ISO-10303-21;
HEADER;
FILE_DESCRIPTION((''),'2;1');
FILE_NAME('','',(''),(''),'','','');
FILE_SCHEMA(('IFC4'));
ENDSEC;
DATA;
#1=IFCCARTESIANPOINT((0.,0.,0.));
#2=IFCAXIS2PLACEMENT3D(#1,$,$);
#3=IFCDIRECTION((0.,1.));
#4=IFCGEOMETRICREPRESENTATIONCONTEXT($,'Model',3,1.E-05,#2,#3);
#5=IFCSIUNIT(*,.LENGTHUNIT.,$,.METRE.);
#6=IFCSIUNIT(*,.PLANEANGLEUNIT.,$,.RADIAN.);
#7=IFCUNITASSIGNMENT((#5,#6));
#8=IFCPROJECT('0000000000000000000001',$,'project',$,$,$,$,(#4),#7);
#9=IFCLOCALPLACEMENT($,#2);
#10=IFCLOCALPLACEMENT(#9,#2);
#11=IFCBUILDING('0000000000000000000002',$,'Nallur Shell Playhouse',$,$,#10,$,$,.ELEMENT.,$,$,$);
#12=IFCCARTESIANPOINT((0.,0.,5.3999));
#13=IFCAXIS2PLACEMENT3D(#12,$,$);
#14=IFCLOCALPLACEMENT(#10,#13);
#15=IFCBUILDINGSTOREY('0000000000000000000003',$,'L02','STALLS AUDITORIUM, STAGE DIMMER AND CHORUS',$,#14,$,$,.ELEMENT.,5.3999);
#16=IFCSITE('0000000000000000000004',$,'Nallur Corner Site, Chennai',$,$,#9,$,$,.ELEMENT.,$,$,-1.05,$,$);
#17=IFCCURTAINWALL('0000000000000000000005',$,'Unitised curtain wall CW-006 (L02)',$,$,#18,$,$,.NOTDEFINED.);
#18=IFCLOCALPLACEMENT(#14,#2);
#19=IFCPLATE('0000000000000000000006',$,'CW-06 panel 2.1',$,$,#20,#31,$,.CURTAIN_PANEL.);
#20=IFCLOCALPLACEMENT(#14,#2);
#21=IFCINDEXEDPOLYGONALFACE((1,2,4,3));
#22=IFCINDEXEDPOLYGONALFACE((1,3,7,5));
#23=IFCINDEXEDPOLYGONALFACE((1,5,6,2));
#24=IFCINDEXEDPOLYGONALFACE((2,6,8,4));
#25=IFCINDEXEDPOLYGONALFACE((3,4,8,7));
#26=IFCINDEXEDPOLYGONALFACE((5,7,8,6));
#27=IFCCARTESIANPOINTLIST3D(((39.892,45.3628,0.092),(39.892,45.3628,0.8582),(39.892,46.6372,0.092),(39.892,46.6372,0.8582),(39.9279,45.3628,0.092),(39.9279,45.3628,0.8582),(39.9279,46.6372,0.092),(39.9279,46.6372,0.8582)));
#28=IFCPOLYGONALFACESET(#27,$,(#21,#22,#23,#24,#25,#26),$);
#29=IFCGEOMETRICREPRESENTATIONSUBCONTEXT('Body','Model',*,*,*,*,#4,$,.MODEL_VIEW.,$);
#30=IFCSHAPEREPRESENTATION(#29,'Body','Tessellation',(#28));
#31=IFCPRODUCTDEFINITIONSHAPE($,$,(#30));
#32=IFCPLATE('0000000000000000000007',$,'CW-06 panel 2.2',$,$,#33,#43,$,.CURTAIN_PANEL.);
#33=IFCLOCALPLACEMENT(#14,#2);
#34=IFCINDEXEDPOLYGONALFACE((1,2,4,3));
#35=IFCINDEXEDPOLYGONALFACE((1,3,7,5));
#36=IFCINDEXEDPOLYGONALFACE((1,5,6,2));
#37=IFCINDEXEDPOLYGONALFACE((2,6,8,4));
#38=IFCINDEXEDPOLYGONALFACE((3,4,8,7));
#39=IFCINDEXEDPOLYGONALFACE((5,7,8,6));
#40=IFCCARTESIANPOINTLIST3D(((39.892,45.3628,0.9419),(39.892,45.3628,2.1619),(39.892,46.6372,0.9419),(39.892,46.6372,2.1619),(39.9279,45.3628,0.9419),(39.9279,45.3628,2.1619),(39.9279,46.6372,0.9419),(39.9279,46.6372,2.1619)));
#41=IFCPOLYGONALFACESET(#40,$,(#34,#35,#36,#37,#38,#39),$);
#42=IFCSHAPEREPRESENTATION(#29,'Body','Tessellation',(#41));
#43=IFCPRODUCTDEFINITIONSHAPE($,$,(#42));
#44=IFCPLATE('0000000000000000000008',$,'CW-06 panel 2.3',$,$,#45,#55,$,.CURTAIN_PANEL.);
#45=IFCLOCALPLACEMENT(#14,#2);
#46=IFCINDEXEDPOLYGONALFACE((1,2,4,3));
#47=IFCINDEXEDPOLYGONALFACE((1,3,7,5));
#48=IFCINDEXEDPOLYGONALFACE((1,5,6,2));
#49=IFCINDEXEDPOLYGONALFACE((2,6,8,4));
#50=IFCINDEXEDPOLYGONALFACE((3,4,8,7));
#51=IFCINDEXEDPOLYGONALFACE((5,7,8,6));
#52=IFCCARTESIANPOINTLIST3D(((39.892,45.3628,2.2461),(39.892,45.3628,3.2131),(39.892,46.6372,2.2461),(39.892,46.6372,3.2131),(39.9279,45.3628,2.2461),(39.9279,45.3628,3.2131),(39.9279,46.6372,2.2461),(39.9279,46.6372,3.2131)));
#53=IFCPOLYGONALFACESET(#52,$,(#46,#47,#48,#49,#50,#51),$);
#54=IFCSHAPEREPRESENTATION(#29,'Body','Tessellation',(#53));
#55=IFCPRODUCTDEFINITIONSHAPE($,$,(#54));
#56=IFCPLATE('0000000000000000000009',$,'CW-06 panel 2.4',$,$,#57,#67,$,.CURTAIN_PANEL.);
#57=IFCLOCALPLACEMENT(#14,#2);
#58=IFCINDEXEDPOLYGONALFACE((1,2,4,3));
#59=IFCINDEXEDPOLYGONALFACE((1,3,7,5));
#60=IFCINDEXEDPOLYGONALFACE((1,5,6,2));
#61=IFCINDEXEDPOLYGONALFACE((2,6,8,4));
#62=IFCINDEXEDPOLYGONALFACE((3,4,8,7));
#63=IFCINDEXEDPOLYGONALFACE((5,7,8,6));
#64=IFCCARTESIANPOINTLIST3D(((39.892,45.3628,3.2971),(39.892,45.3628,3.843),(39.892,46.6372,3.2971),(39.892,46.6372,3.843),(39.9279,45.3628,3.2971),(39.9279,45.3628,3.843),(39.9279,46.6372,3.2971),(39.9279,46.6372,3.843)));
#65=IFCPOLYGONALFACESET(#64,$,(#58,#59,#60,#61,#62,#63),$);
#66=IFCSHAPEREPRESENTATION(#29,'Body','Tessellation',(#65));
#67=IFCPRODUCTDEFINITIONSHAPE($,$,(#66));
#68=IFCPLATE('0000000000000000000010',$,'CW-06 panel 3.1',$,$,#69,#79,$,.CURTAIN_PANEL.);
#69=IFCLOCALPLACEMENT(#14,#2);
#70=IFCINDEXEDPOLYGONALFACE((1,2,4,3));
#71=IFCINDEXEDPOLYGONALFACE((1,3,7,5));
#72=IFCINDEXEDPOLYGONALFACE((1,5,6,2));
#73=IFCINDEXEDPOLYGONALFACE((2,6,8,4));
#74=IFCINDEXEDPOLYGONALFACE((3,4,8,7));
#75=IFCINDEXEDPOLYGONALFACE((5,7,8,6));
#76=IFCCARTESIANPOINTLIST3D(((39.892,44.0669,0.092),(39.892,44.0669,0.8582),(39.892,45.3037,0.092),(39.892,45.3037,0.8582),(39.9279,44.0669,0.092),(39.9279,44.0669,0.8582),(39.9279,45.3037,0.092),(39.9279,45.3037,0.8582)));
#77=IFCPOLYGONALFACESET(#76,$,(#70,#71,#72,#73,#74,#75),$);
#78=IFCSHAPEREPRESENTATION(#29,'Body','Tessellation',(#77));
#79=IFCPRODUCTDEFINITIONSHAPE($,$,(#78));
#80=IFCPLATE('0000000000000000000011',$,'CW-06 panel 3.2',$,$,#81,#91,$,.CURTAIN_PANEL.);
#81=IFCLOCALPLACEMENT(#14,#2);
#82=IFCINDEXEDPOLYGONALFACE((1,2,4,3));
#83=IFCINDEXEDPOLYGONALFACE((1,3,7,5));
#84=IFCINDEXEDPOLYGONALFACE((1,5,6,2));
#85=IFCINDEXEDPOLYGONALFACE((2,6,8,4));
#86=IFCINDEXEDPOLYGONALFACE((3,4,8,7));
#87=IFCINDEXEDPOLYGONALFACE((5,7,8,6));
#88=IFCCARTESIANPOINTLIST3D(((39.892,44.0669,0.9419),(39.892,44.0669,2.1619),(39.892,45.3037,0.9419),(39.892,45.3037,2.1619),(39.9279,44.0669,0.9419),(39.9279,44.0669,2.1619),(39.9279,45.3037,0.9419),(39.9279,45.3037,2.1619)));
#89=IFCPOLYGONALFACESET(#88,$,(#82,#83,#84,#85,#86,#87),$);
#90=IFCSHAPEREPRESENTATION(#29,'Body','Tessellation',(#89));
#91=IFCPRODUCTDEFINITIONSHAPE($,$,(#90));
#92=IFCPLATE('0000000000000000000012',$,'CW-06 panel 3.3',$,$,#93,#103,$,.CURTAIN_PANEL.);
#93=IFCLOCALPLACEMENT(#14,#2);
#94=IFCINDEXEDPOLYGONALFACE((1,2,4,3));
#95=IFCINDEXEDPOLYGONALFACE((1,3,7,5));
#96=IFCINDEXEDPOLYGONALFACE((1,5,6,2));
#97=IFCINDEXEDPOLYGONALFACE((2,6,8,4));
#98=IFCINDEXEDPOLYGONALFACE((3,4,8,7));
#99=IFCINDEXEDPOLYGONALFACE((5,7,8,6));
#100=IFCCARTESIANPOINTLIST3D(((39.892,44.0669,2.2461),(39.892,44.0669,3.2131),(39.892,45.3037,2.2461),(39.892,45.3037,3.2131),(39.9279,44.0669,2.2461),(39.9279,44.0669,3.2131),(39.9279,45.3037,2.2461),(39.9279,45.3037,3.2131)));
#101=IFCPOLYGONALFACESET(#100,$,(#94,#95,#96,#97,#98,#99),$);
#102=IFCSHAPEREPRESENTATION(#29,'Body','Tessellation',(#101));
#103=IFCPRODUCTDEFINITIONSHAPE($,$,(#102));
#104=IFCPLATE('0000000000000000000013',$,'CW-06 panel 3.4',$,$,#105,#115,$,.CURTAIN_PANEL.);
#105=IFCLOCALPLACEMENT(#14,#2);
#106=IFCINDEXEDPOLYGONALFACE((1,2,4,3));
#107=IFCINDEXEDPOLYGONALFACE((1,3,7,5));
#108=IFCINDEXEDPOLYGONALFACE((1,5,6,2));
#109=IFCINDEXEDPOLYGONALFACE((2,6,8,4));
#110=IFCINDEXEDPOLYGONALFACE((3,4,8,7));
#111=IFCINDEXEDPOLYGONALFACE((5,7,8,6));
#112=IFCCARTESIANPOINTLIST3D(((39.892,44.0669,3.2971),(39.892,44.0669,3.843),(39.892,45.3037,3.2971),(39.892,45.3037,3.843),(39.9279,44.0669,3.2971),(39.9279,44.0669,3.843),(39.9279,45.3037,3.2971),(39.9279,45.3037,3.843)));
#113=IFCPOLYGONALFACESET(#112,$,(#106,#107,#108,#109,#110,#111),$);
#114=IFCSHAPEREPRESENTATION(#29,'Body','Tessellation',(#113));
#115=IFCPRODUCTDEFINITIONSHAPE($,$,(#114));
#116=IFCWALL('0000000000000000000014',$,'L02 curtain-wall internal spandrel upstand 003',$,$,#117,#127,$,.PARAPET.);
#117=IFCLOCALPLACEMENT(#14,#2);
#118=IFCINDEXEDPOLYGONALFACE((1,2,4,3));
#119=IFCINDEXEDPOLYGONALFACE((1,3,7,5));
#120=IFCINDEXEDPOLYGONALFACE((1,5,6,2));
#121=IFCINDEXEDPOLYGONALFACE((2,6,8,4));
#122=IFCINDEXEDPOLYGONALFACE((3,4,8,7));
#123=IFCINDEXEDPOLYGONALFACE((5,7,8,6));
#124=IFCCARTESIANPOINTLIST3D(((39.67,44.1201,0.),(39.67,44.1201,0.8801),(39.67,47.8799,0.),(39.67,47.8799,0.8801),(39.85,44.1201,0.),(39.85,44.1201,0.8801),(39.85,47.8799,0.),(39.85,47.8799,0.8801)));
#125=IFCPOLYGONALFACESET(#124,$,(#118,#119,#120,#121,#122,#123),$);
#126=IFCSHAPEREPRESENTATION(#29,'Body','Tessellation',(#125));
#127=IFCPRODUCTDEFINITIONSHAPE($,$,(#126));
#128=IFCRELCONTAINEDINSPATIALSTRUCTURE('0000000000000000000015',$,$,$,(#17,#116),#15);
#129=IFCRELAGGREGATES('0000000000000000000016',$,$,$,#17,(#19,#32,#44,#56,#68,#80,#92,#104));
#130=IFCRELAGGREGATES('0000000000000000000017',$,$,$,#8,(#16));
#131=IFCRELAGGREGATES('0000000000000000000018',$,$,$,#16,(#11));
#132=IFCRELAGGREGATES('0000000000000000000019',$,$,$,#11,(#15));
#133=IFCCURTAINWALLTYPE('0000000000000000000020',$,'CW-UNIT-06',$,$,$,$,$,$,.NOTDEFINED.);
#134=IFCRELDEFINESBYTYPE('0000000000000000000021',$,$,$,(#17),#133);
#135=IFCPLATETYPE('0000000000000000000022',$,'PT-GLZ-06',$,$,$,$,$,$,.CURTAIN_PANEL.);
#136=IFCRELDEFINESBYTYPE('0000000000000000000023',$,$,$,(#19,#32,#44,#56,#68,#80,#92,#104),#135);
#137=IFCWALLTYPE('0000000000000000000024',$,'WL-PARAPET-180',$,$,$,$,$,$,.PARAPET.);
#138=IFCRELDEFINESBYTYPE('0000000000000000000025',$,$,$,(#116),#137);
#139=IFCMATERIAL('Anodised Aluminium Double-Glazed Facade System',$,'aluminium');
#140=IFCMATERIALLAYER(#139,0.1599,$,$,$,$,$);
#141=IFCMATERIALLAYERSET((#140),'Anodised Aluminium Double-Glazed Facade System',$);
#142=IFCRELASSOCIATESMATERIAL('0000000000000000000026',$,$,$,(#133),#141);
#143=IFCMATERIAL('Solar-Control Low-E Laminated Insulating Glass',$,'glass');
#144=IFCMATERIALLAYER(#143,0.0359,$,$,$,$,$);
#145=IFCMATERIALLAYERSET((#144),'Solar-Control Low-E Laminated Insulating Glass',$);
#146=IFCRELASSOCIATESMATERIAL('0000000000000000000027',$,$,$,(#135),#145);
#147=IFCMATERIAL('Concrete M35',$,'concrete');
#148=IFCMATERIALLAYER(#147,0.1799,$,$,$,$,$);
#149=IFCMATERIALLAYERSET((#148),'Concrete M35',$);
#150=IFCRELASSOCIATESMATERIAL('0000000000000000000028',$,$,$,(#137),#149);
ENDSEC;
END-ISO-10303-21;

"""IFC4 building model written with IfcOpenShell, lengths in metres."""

from ifc_helpers import new_model, si_unit, direction, frame, frame_2d, origin, origin_2d, place, context, subcontext, project, spatial, rectangle, extrude, material, layer, layer_set, type_object, element, aggregate, save


model = new_model("IFC4")

# Units and contexts
model_context = context("Model", 3, precision=1e-05, world=origin(), true_north=direction((0.0, 1.0)))
body_context = subcontext(model_context, "Body", "Model", "MODEL_VIEW")
ifc_project = project(units=[si_unit("LENGTHUNIT", "METRE"), si_unit("PLANEANGLEUNIT", "RADIAN")], contexts=[model_context])

# Site, building, storey
site_placement = place(None, origin())
site = spatial("IfcSite", under=ifc_project, at=site_placement, Name="Nallur Corner Site, Chennai", CompositionType="ELEMENT", RefElevation=-1.05)
building_placement = place(site_placement, origin())
building = spatial("IfcBuilding", under=site, at=building_placement, Name="Nallur Shell Playhouse", CompositionType="ELEMENT")
storey_placement = place(building_placement, frame((0.0, 0.0, 5.3999)))
storey = spatial("IfcBuildingStorey", under=building, at=storey_placement, Name="L02", Description="STALLS AUDITORIUM, STAGE DIMMER AND CHORUS", CompositionType="ELEMENT", Elevation=5.3999)

# Shared definitions
ifc_material_1 = material(Name="Anodised Aluminium Double-Glazed Facade System", Category="aluminium")

# Curtain wall
ifc_layer_1 = layer(ifc_material_1, 0.1599)
ifc_layer_set_1 = layer_set([ifc_layer_1], Name="Anodised Aluminium Double-Glazed Facade System")
curtain_wall_type_1 = type_object("IfcCurtainWallType", Name="CW-UNIT-06", PredefinedType="NOTDEFINED", material=ifc_layer_set_1)
curtain_wall_1_placement = place(storey_placement, origin())
curtain_wall_1 = element("IfcCurtainWall", 1, at=curtain_wall_1_placement, inside=storey, type_object=curtain_wall_type_1, Name="Unitised curtain wall CW-006 (L02)", PredefinedType="NOTDEFINED")

# Plates
ifc_material_2 = material(Name="Solar-Control Low-E Laminated Insulating Glass", Category="glass")
ifc_layer_2 = layer(ifc_material_2, 0.0359)
ifc_layer_set_2 = layer_set([ifc_layer_2], Name="Solar-Control Low-E Laminated Insulating Glass")
plate_type = type_object("IfcPlateType", Name="PT-GLZ-06", PredefinedType="CURTAIN_PANEL", material=ifc_layer_set_2)
plate_1_placement = place(storey_placement, frame((39.9099, 46.0, 0.092), z_axis=(0.0, 0.0, 1.0), x_axis=(0.0, -1.0, 0.0)))
plate_1 = element("IfcPlate", 2, at=plate_1_placement, type_object=plate_type, Name="CW-06 panel 2.1", PredefinedType="CURTAIN_PANEL", context=body_context, shape_type="SweptSolid", body=[
    extrude(rectangle(XDim=1.2744, YDim=0.0359, at=origin_2d()), origin(), (0.0, 0.0, 1.0), 0.7661),
])
plate_2_placement = place(storey_placement, frame((39.9099, 46.0, 0.9419), z_axis=(0.0, 0.0, 1.0), x_axis=(0.0, -1.0, 0.0)))
plate_2 = element("IfcPlate", 3, at=plate_2_placement, type_object=plate_type, Name="CW-06 panel 2.2", PredefinedType="CURTAIN_PANEL", context=body_context, shape_type="SweptSolid", body=[
    extrude(rectangle(XDim=1.2744, YDim=0.0359, at=origin_2d()), origin(), (0.0, 0.0, 1.0), 1.22),
])
plate_3_placement = place(storey_placement, frame((39.9099, 46.0, 2.2461), z_axis=(0.0, 0.0, 1.0), x_axis=(0.0, -1.0, 0.0)))
plate_3 = element("IfcPlate", 4, at=plate_3_placement, type_object=plate_type, Name="CW-06 panel 2.3", PredefinedType="CURTAIN_PANEL", context=body_context, shape_type="SweptSolid", body=[
    extrude(rectangle(XDim=1.2744, YDim=0.0359, at=origin_2d()), origin(), (0.0, 0.0, 1.0), 0.967),
])
plate_4_placement = place(storey_placement, frame((39.9099, 46.0, 3.2971), z_axis=(0.0, 0.0, 1.0), x_axis=(0.0, -1.0, 0.0)))
plate_4 = element("IfcPlate", 5, at=plate_4_placement, type_object=plate_type, Name="CW-06 panel 2.4", PredefinedType="CURTAIN_PANEL", context=body_context, shape_type="SweptSolid", body=[
    extrude(rectangle(XDim=1.2744, YDim=0.0359, at=origin_2d()), origin(), (0.0, 0.0, 1.0), 0.5459),
])
plate_5_placement = place(storey_placement, frame((39.9099, 44.6853, 0.092), z_axis=(0.0, 0.0, 1.0), x_axis=(0.0, -1.0, 0.0)))
plate_5 = element("IfcPlate", 6, at=plate_5_placement, type_object=plate_type, Name="CW-06 panel 3.1", PredefinedType="CURTAIN_PANEL", context=body_context, shape_type="SweptSolid", body=[
    extrude(rectangle(XDim=1.2368, YDim=0.0359, at=origin_2d()), origin(), (0.0, 0.0, 1.0), 0.7661),
])
plate_6_placement = place(storey_placement, frame((39.9099, 44.6853, 0.9419), z_axis=(0.0, 0.0, 1.0), x_axis=(0.0, -1.0, 0.0)))
plate_6 = element("IfcPlate", 7, at=plate_6_placement, type_object=plate_type, Name="CW-06 panel 3.2", PredefinedType="CURTAIN_PANEL", context=body_context, shape_type="SweptSolid", body=[
    extrude(rectangle(XDim=1.2368, YDim=0.0359, at=origin_2d()), origin(), (0.0, 0.0, 1.0), 1.22),
])
plate_7_placement = place(storey_placement, frame((39.9099, 44.6853, 2.2461), z_axis=(0.0, 0.0, 1.0), x_axis=(0.0, -1.0, 0.0)))
plate_7 = element("IfcPlate", 8, at=plate_7_placement, type_object=plate_type, Name="CW-06 panel 3.3", PredefinedType="CURTAIN_PANEL", context=body_context, shape_type="SweptSolid", body=[
    extrude(rectangle(XDim=1.2368, YDim=0.0359, at=origin_2d()), origin(), (0.0, 0.0, 1.0), 0.967),
])
plate_8_placement = place(storey_placement, frame((39.9099, 44.6853, 3.2971), z_axis=(0.0, 0.0, 1.0), x_axis=(0.0, -1.0, 0.0)))
plate_8 = element("IfcPlate", 9, at=plate_8_placement, type_object=plate_type, Name="CW-06 panel 3.4", PredefinedType="CURTAIN_PANEL", context=body_context, shape_type="SweptSolid", body=[
    extrude(rectangle(XDim=1.2368, YDim=0.0359, at=origin_2d()), origin(), (0.0, 0.0, 1.0), 0.5459),
])
aggregate(curtain_wall_1, [plate_1, plate_2, plate_3, plate_4, plate_5, plate_6, plate_7, plate_8])

# Wall
ifc_material_3 = material(Name="Concrete M35", Category="concrete")
ifc_layer_3 = layer(ifc_material_3, 0.1799)
ifc_layer_set_3 = layer_set([ifc_layer_3], Name="Concrete M35")
wall_type = type_object("IfcWallType", Name="WL-PARAPET-180", PredefinedType="PARAPET", material=ifc_layer_set_3)
wall_placement = place(storey_placement, frame((39.76, 47.8799, 0.0), z_axis=(0.0, 0.0, 1.0), x_axis=(0.0, -1.0, 0.0)))
element("IfcWall", 10, at=wall_placement, inside=storey, type_object=wall_type, Name="L02 curtain-wall internal spandrel upstand 003", PredefinedType="PARAPET", context=body_context, shape_type="SweptSolid", body=[
    extrude(rectangle(XDim=3.7598, YDim=0.1799, at=frame_2d((1.8799, 0.0))), origin(), (0.0, 0.0, 1.0), 0.8801),
])

save(model, "model.ifc")
